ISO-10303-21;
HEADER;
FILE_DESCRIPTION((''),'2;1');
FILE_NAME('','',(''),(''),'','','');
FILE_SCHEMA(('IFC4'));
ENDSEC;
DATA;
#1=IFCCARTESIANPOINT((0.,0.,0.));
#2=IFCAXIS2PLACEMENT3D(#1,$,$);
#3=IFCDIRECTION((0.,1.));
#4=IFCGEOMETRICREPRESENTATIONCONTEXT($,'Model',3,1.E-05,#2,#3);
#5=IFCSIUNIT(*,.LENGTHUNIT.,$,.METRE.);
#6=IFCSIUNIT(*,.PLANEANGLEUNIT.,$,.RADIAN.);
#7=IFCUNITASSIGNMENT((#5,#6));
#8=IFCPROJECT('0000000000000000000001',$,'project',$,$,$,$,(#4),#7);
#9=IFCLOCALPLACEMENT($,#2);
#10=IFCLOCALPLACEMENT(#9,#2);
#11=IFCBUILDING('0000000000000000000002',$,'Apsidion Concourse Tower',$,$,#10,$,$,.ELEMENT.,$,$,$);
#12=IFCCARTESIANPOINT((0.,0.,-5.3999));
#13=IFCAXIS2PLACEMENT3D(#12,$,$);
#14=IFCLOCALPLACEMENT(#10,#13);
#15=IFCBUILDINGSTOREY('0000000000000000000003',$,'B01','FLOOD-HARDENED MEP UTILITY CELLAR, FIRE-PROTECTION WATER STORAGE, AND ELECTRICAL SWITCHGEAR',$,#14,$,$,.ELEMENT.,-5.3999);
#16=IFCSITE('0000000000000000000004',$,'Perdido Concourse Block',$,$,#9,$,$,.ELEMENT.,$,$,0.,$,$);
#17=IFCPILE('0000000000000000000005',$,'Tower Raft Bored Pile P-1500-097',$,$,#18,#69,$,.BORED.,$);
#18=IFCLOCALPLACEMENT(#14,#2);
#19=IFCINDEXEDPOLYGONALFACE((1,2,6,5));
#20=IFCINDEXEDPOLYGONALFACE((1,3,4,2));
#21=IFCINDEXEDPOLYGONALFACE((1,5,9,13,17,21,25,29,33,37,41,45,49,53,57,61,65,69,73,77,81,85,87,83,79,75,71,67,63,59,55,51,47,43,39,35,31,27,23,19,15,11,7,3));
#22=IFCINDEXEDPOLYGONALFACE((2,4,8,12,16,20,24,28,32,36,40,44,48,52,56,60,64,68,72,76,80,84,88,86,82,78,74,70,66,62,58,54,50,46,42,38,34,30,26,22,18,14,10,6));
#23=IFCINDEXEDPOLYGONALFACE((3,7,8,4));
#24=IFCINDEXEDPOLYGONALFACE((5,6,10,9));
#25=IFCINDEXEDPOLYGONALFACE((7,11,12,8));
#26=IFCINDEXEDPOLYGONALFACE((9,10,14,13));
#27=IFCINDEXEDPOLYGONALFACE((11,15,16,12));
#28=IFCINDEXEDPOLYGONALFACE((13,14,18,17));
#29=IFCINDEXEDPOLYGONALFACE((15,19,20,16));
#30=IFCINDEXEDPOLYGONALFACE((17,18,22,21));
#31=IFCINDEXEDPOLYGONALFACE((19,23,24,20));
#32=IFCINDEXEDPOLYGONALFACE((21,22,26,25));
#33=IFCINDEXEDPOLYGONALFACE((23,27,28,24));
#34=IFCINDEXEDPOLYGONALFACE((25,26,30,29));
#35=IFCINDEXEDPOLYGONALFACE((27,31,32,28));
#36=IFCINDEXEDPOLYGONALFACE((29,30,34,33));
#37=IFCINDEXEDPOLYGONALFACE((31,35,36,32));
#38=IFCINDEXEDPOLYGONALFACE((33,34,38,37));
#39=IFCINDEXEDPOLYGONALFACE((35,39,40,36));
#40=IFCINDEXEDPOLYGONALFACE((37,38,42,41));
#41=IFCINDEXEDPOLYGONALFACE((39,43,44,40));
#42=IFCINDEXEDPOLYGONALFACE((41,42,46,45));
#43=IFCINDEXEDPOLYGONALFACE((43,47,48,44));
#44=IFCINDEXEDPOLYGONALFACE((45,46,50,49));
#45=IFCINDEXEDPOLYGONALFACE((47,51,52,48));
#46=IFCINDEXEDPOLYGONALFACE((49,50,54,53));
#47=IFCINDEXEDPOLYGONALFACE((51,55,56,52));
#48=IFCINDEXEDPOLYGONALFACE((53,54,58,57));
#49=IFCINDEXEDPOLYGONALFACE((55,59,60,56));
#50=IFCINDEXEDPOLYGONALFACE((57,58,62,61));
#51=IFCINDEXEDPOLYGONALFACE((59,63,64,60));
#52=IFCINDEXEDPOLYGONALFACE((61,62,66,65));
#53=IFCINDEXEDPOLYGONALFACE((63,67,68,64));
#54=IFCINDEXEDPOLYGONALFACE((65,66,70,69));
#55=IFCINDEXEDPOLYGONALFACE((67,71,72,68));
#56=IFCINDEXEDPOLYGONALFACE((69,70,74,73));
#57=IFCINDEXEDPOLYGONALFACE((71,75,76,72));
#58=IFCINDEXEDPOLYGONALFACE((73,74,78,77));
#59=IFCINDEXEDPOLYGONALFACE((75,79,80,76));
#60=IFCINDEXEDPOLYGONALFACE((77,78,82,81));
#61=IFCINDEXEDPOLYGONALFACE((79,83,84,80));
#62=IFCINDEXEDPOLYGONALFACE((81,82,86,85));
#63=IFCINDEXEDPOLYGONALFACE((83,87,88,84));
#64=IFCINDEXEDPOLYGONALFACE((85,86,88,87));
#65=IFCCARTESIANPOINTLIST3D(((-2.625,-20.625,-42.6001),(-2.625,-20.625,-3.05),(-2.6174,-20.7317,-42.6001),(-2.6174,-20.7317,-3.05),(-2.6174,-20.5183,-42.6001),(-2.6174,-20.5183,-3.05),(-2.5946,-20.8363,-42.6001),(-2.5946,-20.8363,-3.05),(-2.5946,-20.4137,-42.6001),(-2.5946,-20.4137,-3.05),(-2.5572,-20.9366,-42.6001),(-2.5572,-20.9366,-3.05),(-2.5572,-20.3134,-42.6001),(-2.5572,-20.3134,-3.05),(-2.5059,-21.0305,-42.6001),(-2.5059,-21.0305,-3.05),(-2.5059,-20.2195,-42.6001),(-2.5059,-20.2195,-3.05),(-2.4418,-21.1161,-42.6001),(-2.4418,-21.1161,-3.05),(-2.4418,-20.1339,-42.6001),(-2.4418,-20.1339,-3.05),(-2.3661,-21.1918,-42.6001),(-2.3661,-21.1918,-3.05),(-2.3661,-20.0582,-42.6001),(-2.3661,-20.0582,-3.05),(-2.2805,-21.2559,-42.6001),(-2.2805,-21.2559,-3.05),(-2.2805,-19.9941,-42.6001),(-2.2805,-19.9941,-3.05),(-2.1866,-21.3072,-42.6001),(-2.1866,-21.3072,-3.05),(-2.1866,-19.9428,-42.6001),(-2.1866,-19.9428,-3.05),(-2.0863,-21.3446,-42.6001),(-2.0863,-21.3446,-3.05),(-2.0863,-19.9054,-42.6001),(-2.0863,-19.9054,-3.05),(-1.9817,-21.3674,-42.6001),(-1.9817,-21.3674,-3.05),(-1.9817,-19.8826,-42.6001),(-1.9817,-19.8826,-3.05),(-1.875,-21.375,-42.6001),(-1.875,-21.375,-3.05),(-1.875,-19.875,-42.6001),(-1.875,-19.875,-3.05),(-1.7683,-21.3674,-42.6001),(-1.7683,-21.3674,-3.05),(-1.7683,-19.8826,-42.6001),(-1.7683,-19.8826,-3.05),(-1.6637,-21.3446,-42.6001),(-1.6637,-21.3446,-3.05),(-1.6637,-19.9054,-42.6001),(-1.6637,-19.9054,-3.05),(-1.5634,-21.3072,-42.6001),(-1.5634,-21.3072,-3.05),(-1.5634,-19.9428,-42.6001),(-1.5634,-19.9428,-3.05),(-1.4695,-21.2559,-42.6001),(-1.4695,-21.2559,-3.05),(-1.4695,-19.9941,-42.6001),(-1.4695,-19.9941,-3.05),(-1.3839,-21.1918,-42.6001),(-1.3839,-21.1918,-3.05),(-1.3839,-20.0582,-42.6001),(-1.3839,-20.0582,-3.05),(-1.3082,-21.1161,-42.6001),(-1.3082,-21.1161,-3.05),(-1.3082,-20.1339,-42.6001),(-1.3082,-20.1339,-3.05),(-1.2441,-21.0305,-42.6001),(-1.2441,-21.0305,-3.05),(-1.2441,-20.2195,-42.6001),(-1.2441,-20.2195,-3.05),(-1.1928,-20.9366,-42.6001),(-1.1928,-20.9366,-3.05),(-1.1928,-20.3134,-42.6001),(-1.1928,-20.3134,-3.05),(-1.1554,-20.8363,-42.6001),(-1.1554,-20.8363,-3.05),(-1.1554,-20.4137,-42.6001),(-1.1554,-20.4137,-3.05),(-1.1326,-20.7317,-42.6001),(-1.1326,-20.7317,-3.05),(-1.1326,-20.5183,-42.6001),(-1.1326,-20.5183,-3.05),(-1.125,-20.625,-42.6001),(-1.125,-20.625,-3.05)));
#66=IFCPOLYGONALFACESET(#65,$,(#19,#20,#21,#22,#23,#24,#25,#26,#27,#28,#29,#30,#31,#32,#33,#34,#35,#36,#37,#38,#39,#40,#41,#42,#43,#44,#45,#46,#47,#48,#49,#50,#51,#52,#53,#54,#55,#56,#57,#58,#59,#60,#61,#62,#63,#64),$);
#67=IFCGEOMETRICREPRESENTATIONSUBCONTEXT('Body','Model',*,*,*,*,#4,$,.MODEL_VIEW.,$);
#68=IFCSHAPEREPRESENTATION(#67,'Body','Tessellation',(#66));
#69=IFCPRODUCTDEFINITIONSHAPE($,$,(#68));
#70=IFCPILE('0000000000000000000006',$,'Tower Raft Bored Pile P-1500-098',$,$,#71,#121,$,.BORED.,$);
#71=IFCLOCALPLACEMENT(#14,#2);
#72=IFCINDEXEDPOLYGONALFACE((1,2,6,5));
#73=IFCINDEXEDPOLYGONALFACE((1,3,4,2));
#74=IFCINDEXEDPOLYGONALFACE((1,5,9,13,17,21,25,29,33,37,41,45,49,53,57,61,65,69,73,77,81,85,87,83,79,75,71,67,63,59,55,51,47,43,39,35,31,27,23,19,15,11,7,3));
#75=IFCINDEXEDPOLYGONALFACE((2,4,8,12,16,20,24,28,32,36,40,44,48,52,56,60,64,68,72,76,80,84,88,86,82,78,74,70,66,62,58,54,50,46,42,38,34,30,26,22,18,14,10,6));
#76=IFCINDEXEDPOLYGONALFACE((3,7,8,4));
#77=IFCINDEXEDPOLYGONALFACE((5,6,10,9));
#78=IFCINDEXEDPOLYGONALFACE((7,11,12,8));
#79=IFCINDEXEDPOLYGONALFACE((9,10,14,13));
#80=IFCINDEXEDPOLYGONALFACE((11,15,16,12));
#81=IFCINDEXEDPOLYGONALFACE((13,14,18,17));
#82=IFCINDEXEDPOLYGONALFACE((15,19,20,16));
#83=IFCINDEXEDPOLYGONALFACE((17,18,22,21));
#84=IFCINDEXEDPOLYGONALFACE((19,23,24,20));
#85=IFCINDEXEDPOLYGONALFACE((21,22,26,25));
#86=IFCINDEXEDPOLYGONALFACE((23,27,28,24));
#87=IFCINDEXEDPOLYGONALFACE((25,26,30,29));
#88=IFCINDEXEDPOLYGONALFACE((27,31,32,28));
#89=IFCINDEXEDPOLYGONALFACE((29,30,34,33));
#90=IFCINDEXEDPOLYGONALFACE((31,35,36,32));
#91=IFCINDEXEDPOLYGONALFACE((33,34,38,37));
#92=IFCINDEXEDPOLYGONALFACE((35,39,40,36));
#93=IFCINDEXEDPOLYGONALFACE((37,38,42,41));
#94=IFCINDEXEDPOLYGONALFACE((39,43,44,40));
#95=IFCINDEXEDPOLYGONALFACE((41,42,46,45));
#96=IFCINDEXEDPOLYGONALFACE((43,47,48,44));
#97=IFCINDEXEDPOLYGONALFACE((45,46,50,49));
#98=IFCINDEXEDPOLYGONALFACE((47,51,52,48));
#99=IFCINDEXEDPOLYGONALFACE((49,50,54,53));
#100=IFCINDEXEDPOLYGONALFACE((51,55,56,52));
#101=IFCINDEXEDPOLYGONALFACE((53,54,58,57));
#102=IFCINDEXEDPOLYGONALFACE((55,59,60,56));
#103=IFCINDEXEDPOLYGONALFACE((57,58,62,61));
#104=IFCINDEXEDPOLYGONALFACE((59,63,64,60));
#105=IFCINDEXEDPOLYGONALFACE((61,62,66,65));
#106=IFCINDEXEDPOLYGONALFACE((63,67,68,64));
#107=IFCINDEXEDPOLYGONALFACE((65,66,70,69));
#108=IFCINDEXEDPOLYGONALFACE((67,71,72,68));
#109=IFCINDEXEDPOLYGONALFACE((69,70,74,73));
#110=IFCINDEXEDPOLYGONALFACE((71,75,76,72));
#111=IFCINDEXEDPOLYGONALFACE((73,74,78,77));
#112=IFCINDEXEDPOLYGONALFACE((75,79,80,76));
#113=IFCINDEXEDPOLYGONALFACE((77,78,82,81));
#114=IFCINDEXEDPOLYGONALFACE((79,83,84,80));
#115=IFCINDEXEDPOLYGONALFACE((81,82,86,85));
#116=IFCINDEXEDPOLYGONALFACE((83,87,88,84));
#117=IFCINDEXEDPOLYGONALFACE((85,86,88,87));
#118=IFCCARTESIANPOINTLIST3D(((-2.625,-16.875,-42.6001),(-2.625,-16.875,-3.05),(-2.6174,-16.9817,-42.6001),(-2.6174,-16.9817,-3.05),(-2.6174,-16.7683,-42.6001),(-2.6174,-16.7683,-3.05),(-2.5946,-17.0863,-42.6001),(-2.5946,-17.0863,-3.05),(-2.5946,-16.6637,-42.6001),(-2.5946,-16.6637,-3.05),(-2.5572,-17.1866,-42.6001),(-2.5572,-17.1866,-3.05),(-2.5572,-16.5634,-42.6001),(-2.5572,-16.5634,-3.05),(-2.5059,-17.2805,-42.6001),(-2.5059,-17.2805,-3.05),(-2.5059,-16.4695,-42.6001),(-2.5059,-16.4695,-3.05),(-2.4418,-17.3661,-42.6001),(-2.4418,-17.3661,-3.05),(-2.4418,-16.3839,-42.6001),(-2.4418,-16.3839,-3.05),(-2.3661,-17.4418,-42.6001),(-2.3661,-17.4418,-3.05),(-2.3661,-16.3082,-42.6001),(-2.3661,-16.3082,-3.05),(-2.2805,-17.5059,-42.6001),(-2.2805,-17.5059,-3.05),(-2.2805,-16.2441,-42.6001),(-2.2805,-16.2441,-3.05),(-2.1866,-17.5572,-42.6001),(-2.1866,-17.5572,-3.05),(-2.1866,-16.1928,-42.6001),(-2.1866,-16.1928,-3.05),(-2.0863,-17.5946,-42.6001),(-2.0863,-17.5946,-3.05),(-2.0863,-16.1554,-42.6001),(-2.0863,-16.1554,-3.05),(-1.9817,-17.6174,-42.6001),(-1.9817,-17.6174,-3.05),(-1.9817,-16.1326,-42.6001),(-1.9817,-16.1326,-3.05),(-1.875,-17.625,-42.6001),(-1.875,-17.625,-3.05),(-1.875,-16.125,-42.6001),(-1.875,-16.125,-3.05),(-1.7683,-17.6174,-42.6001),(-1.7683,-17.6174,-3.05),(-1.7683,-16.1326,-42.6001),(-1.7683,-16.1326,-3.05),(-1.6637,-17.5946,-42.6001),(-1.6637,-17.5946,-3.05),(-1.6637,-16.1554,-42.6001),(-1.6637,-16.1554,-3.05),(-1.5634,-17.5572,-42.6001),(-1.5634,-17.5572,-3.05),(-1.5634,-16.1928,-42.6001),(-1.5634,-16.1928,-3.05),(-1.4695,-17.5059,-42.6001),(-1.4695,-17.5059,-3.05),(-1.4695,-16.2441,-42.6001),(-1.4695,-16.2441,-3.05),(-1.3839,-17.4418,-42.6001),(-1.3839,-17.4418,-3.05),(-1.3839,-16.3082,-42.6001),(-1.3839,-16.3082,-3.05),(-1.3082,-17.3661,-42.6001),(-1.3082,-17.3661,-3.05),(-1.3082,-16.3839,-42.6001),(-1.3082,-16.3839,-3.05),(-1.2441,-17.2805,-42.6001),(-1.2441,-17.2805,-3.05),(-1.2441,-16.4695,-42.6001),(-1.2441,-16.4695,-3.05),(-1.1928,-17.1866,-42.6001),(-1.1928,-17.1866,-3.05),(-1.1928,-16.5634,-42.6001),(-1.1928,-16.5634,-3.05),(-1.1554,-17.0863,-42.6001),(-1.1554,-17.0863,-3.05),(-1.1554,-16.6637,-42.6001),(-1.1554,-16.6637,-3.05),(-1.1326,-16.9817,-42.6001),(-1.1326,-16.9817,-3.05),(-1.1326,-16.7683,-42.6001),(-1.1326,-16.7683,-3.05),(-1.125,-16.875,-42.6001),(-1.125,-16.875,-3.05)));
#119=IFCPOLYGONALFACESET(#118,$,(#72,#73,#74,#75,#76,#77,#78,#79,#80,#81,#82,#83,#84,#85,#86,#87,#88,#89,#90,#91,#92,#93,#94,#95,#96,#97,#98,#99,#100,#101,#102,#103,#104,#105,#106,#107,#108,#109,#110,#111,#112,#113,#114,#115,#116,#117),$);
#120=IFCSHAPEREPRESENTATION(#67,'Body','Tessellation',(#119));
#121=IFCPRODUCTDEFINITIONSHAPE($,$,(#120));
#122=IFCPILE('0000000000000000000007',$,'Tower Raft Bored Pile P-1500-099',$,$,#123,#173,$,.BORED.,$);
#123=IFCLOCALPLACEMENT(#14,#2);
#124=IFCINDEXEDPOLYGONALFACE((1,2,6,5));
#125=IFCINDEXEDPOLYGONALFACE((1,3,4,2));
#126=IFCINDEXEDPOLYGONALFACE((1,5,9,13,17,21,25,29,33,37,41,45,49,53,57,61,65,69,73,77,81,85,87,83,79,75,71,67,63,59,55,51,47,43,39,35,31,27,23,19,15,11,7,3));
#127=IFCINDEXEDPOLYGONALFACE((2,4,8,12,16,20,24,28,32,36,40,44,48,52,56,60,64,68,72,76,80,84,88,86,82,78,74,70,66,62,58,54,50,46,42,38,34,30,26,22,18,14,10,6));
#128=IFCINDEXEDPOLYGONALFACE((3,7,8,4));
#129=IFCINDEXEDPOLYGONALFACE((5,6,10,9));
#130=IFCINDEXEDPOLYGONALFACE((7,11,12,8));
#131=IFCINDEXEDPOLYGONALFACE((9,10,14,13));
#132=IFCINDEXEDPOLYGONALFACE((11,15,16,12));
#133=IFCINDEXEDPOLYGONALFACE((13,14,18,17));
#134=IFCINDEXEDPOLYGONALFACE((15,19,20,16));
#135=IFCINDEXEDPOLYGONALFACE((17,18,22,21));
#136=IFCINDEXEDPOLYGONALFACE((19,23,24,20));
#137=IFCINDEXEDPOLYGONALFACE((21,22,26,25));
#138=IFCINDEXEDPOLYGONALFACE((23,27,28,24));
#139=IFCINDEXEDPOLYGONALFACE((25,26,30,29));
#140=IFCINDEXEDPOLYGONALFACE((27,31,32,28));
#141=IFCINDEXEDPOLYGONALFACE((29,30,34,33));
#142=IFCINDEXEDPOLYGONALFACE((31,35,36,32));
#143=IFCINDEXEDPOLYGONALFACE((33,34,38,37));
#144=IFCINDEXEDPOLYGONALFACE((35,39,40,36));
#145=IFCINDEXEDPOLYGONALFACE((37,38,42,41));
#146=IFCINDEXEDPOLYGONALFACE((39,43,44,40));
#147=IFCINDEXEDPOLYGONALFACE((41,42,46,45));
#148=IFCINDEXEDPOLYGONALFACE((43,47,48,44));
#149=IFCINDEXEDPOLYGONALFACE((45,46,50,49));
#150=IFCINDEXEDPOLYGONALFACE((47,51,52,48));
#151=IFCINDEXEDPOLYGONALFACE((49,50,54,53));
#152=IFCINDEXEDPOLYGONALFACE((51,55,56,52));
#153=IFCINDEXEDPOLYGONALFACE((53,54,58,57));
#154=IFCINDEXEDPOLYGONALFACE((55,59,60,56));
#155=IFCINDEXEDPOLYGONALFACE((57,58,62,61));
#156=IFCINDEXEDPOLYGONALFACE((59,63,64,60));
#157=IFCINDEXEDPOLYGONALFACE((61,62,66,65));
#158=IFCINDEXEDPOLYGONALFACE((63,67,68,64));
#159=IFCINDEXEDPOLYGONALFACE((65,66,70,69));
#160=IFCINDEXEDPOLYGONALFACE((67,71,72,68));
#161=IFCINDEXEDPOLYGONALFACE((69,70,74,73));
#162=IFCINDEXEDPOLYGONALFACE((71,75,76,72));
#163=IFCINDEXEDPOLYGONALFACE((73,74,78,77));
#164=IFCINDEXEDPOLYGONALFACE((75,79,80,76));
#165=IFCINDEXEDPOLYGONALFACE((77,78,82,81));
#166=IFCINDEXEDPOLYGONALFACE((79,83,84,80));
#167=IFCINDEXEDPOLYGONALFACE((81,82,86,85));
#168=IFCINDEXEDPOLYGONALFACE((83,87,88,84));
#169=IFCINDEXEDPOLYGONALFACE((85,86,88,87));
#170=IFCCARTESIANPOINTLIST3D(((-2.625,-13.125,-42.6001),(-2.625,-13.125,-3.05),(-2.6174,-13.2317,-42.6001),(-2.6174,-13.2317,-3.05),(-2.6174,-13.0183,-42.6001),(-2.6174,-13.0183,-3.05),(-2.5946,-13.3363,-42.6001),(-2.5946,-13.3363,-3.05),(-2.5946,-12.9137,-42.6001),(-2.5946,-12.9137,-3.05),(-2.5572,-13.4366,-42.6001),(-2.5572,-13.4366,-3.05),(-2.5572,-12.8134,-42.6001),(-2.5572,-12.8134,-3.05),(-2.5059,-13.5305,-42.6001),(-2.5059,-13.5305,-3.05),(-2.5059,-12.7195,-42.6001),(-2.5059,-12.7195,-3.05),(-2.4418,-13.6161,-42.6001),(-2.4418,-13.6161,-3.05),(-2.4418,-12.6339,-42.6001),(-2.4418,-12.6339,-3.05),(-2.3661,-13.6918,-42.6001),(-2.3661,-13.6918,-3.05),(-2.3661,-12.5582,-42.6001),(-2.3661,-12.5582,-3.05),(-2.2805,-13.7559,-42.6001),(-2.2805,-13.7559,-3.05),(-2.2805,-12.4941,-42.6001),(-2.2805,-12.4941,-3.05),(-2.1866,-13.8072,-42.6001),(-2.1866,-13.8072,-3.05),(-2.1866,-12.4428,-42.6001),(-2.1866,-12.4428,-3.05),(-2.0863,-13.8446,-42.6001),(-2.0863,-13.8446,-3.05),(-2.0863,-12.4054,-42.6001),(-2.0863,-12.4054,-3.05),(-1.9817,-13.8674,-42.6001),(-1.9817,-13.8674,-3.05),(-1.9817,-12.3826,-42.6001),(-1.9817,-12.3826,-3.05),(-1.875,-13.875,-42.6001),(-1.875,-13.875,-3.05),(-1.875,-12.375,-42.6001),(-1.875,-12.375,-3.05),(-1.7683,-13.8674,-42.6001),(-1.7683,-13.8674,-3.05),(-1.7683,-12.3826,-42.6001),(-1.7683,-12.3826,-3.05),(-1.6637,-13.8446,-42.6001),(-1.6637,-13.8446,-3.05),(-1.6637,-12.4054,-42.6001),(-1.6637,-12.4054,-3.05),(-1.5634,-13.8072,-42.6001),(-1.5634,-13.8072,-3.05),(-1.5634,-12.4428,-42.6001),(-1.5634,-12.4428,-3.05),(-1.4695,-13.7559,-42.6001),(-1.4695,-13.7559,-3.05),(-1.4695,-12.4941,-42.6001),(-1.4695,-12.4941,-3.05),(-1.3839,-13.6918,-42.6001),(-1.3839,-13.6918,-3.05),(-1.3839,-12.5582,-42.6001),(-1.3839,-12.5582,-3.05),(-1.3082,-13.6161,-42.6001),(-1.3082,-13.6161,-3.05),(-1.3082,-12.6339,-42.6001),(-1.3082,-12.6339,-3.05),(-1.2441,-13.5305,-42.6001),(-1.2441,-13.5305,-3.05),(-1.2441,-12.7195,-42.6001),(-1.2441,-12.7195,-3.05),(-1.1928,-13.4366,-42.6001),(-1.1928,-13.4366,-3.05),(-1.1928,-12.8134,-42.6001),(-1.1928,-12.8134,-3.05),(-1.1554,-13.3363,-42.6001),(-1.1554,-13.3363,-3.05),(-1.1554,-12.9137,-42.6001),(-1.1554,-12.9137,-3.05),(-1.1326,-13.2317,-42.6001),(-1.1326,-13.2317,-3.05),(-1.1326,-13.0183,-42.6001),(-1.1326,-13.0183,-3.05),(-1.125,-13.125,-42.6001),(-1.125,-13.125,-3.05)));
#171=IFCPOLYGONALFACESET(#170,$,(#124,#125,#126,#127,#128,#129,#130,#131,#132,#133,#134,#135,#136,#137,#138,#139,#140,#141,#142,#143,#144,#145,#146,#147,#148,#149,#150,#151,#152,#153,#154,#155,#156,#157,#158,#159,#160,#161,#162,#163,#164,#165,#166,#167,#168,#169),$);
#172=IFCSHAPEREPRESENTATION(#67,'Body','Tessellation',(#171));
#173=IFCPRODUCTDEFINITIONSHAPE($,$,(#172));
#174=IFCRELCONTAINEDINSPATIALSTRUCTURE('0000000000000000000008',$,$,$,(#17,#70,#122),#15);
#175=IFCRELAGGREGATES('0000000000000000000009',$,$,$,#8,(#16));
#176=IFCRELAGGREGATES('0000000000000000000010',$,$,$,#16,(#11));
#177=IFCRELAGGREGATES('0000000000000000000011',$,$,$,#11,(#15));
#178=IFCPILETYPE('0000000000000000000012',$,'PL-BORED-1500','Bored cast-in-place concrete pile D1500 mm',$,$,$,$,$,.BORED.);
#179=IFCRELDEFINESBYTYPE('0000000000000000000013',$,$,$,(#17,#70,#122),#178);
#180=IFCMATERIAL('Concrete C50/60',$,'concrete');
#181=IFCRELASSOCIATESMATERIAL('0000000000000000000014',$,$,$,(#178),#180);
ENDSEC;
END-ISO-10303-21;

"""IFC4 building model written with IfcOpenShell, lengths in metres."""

from ifc_helpers import new_model, si_unit, direction, frame, origin, origin_2d, place, context, subcontext, project, spatial, circle, extrude, material, material_profile, profile_set, type_object, element, save


model = new_model("IFC4")

# Units and contexts
model_context = context("Model", 3, precision=1e-05, world=origin(), true_north=direction((0.0, 1.0)))
body_context = subcontext(model_context, "Body", "Model", "MODEL_VIEW")
ifc_project = project(units=[si_unit("LENGTHUNIT", "METRE"), si_unit("PLANEANGLEUNIT", "RADIAN")], contexts=[model_context])

# Site, building, storey
site_placement = place(None, origin())
site = spatial("IfcSite", under=ifc_project, at=site_placement, Name="Perdido Concourse Block", CompositionType="ELEMENT", RefElevation=0.0)
building_placement = place(site_placement, origin())
building = spatial("IfcBuilding", under=site, at=building_placement, Name="Apsidion Concourse Tower", CompositionType="ELEMENT")
storey_placement = place(building_placement, frame((0.0, 0.0, -5.3999)))
storey = spatial("IfcBuildingStorey", under=building, at=storey_placement, Name="B01", Description="FLOOD-HARDENED MEP UTILITY CELLAR, FIRE-PROTECTION WATER STORAGE, AND ELECTRICAL SWITCHGEAR", CompositionType="ELEMENT", Elevation=-5.3999)

# Shared definitions
ifc_material_1 = material(Name="Concrete C50/60", Category="concrete")

# Piles
ifc_material_profile_1 = material_profile(ifc_material_1, circle(Radius=0.75, at=origin_2d()), Name="BORED PILE D1500")
ifc_profile_set_1 = profile_set([ifc_material_profile_1], Name="Concrete C50/60")
pile_type_1 = type_object("IfcPileType", Name="PL-BORED-1500", Description="Bored cast-in-place concrete pile D1500 mm", PredefinedType="BORED", material=ifc_profile_set_1)
for number, where, z_axis, x_axis, name in (
    (1, (-1.875, -20.625, -3.05), (0.0, 0.0, -1.0), (1.0, 0.0, 0.0), "Tower Raft Bored Pile P-1500-097"),
    (2, (-1.875, -16.875, -3.05), (0.0, 0.0, -1.0), (1.0, 0.0, 0.0), "Tower Raft Bored Pile P-1500-098"),
    (3, (-1.875, -13.125, -3.05), (0.0, 0.0, -1.0), (1.0, 0.0, 0.0), "Tower Raft Bored Pile P-1500-099"),
):
    element("IfcPile", number, at=place(storey_placement, frame(where, z_axis=z_axis, x_axis=x_axis)), inside=storey, type_object=pile_type_1, Name=name, PredefinedType="BORED", context=body_context, shape_type="SweptSolid", body=[
        extrude(circle(Radius=0.75, at=origin_2d()), origin(), (0.0, 0.0, 1.0), 39.55),
    ])

save(model, "model.ifc")
